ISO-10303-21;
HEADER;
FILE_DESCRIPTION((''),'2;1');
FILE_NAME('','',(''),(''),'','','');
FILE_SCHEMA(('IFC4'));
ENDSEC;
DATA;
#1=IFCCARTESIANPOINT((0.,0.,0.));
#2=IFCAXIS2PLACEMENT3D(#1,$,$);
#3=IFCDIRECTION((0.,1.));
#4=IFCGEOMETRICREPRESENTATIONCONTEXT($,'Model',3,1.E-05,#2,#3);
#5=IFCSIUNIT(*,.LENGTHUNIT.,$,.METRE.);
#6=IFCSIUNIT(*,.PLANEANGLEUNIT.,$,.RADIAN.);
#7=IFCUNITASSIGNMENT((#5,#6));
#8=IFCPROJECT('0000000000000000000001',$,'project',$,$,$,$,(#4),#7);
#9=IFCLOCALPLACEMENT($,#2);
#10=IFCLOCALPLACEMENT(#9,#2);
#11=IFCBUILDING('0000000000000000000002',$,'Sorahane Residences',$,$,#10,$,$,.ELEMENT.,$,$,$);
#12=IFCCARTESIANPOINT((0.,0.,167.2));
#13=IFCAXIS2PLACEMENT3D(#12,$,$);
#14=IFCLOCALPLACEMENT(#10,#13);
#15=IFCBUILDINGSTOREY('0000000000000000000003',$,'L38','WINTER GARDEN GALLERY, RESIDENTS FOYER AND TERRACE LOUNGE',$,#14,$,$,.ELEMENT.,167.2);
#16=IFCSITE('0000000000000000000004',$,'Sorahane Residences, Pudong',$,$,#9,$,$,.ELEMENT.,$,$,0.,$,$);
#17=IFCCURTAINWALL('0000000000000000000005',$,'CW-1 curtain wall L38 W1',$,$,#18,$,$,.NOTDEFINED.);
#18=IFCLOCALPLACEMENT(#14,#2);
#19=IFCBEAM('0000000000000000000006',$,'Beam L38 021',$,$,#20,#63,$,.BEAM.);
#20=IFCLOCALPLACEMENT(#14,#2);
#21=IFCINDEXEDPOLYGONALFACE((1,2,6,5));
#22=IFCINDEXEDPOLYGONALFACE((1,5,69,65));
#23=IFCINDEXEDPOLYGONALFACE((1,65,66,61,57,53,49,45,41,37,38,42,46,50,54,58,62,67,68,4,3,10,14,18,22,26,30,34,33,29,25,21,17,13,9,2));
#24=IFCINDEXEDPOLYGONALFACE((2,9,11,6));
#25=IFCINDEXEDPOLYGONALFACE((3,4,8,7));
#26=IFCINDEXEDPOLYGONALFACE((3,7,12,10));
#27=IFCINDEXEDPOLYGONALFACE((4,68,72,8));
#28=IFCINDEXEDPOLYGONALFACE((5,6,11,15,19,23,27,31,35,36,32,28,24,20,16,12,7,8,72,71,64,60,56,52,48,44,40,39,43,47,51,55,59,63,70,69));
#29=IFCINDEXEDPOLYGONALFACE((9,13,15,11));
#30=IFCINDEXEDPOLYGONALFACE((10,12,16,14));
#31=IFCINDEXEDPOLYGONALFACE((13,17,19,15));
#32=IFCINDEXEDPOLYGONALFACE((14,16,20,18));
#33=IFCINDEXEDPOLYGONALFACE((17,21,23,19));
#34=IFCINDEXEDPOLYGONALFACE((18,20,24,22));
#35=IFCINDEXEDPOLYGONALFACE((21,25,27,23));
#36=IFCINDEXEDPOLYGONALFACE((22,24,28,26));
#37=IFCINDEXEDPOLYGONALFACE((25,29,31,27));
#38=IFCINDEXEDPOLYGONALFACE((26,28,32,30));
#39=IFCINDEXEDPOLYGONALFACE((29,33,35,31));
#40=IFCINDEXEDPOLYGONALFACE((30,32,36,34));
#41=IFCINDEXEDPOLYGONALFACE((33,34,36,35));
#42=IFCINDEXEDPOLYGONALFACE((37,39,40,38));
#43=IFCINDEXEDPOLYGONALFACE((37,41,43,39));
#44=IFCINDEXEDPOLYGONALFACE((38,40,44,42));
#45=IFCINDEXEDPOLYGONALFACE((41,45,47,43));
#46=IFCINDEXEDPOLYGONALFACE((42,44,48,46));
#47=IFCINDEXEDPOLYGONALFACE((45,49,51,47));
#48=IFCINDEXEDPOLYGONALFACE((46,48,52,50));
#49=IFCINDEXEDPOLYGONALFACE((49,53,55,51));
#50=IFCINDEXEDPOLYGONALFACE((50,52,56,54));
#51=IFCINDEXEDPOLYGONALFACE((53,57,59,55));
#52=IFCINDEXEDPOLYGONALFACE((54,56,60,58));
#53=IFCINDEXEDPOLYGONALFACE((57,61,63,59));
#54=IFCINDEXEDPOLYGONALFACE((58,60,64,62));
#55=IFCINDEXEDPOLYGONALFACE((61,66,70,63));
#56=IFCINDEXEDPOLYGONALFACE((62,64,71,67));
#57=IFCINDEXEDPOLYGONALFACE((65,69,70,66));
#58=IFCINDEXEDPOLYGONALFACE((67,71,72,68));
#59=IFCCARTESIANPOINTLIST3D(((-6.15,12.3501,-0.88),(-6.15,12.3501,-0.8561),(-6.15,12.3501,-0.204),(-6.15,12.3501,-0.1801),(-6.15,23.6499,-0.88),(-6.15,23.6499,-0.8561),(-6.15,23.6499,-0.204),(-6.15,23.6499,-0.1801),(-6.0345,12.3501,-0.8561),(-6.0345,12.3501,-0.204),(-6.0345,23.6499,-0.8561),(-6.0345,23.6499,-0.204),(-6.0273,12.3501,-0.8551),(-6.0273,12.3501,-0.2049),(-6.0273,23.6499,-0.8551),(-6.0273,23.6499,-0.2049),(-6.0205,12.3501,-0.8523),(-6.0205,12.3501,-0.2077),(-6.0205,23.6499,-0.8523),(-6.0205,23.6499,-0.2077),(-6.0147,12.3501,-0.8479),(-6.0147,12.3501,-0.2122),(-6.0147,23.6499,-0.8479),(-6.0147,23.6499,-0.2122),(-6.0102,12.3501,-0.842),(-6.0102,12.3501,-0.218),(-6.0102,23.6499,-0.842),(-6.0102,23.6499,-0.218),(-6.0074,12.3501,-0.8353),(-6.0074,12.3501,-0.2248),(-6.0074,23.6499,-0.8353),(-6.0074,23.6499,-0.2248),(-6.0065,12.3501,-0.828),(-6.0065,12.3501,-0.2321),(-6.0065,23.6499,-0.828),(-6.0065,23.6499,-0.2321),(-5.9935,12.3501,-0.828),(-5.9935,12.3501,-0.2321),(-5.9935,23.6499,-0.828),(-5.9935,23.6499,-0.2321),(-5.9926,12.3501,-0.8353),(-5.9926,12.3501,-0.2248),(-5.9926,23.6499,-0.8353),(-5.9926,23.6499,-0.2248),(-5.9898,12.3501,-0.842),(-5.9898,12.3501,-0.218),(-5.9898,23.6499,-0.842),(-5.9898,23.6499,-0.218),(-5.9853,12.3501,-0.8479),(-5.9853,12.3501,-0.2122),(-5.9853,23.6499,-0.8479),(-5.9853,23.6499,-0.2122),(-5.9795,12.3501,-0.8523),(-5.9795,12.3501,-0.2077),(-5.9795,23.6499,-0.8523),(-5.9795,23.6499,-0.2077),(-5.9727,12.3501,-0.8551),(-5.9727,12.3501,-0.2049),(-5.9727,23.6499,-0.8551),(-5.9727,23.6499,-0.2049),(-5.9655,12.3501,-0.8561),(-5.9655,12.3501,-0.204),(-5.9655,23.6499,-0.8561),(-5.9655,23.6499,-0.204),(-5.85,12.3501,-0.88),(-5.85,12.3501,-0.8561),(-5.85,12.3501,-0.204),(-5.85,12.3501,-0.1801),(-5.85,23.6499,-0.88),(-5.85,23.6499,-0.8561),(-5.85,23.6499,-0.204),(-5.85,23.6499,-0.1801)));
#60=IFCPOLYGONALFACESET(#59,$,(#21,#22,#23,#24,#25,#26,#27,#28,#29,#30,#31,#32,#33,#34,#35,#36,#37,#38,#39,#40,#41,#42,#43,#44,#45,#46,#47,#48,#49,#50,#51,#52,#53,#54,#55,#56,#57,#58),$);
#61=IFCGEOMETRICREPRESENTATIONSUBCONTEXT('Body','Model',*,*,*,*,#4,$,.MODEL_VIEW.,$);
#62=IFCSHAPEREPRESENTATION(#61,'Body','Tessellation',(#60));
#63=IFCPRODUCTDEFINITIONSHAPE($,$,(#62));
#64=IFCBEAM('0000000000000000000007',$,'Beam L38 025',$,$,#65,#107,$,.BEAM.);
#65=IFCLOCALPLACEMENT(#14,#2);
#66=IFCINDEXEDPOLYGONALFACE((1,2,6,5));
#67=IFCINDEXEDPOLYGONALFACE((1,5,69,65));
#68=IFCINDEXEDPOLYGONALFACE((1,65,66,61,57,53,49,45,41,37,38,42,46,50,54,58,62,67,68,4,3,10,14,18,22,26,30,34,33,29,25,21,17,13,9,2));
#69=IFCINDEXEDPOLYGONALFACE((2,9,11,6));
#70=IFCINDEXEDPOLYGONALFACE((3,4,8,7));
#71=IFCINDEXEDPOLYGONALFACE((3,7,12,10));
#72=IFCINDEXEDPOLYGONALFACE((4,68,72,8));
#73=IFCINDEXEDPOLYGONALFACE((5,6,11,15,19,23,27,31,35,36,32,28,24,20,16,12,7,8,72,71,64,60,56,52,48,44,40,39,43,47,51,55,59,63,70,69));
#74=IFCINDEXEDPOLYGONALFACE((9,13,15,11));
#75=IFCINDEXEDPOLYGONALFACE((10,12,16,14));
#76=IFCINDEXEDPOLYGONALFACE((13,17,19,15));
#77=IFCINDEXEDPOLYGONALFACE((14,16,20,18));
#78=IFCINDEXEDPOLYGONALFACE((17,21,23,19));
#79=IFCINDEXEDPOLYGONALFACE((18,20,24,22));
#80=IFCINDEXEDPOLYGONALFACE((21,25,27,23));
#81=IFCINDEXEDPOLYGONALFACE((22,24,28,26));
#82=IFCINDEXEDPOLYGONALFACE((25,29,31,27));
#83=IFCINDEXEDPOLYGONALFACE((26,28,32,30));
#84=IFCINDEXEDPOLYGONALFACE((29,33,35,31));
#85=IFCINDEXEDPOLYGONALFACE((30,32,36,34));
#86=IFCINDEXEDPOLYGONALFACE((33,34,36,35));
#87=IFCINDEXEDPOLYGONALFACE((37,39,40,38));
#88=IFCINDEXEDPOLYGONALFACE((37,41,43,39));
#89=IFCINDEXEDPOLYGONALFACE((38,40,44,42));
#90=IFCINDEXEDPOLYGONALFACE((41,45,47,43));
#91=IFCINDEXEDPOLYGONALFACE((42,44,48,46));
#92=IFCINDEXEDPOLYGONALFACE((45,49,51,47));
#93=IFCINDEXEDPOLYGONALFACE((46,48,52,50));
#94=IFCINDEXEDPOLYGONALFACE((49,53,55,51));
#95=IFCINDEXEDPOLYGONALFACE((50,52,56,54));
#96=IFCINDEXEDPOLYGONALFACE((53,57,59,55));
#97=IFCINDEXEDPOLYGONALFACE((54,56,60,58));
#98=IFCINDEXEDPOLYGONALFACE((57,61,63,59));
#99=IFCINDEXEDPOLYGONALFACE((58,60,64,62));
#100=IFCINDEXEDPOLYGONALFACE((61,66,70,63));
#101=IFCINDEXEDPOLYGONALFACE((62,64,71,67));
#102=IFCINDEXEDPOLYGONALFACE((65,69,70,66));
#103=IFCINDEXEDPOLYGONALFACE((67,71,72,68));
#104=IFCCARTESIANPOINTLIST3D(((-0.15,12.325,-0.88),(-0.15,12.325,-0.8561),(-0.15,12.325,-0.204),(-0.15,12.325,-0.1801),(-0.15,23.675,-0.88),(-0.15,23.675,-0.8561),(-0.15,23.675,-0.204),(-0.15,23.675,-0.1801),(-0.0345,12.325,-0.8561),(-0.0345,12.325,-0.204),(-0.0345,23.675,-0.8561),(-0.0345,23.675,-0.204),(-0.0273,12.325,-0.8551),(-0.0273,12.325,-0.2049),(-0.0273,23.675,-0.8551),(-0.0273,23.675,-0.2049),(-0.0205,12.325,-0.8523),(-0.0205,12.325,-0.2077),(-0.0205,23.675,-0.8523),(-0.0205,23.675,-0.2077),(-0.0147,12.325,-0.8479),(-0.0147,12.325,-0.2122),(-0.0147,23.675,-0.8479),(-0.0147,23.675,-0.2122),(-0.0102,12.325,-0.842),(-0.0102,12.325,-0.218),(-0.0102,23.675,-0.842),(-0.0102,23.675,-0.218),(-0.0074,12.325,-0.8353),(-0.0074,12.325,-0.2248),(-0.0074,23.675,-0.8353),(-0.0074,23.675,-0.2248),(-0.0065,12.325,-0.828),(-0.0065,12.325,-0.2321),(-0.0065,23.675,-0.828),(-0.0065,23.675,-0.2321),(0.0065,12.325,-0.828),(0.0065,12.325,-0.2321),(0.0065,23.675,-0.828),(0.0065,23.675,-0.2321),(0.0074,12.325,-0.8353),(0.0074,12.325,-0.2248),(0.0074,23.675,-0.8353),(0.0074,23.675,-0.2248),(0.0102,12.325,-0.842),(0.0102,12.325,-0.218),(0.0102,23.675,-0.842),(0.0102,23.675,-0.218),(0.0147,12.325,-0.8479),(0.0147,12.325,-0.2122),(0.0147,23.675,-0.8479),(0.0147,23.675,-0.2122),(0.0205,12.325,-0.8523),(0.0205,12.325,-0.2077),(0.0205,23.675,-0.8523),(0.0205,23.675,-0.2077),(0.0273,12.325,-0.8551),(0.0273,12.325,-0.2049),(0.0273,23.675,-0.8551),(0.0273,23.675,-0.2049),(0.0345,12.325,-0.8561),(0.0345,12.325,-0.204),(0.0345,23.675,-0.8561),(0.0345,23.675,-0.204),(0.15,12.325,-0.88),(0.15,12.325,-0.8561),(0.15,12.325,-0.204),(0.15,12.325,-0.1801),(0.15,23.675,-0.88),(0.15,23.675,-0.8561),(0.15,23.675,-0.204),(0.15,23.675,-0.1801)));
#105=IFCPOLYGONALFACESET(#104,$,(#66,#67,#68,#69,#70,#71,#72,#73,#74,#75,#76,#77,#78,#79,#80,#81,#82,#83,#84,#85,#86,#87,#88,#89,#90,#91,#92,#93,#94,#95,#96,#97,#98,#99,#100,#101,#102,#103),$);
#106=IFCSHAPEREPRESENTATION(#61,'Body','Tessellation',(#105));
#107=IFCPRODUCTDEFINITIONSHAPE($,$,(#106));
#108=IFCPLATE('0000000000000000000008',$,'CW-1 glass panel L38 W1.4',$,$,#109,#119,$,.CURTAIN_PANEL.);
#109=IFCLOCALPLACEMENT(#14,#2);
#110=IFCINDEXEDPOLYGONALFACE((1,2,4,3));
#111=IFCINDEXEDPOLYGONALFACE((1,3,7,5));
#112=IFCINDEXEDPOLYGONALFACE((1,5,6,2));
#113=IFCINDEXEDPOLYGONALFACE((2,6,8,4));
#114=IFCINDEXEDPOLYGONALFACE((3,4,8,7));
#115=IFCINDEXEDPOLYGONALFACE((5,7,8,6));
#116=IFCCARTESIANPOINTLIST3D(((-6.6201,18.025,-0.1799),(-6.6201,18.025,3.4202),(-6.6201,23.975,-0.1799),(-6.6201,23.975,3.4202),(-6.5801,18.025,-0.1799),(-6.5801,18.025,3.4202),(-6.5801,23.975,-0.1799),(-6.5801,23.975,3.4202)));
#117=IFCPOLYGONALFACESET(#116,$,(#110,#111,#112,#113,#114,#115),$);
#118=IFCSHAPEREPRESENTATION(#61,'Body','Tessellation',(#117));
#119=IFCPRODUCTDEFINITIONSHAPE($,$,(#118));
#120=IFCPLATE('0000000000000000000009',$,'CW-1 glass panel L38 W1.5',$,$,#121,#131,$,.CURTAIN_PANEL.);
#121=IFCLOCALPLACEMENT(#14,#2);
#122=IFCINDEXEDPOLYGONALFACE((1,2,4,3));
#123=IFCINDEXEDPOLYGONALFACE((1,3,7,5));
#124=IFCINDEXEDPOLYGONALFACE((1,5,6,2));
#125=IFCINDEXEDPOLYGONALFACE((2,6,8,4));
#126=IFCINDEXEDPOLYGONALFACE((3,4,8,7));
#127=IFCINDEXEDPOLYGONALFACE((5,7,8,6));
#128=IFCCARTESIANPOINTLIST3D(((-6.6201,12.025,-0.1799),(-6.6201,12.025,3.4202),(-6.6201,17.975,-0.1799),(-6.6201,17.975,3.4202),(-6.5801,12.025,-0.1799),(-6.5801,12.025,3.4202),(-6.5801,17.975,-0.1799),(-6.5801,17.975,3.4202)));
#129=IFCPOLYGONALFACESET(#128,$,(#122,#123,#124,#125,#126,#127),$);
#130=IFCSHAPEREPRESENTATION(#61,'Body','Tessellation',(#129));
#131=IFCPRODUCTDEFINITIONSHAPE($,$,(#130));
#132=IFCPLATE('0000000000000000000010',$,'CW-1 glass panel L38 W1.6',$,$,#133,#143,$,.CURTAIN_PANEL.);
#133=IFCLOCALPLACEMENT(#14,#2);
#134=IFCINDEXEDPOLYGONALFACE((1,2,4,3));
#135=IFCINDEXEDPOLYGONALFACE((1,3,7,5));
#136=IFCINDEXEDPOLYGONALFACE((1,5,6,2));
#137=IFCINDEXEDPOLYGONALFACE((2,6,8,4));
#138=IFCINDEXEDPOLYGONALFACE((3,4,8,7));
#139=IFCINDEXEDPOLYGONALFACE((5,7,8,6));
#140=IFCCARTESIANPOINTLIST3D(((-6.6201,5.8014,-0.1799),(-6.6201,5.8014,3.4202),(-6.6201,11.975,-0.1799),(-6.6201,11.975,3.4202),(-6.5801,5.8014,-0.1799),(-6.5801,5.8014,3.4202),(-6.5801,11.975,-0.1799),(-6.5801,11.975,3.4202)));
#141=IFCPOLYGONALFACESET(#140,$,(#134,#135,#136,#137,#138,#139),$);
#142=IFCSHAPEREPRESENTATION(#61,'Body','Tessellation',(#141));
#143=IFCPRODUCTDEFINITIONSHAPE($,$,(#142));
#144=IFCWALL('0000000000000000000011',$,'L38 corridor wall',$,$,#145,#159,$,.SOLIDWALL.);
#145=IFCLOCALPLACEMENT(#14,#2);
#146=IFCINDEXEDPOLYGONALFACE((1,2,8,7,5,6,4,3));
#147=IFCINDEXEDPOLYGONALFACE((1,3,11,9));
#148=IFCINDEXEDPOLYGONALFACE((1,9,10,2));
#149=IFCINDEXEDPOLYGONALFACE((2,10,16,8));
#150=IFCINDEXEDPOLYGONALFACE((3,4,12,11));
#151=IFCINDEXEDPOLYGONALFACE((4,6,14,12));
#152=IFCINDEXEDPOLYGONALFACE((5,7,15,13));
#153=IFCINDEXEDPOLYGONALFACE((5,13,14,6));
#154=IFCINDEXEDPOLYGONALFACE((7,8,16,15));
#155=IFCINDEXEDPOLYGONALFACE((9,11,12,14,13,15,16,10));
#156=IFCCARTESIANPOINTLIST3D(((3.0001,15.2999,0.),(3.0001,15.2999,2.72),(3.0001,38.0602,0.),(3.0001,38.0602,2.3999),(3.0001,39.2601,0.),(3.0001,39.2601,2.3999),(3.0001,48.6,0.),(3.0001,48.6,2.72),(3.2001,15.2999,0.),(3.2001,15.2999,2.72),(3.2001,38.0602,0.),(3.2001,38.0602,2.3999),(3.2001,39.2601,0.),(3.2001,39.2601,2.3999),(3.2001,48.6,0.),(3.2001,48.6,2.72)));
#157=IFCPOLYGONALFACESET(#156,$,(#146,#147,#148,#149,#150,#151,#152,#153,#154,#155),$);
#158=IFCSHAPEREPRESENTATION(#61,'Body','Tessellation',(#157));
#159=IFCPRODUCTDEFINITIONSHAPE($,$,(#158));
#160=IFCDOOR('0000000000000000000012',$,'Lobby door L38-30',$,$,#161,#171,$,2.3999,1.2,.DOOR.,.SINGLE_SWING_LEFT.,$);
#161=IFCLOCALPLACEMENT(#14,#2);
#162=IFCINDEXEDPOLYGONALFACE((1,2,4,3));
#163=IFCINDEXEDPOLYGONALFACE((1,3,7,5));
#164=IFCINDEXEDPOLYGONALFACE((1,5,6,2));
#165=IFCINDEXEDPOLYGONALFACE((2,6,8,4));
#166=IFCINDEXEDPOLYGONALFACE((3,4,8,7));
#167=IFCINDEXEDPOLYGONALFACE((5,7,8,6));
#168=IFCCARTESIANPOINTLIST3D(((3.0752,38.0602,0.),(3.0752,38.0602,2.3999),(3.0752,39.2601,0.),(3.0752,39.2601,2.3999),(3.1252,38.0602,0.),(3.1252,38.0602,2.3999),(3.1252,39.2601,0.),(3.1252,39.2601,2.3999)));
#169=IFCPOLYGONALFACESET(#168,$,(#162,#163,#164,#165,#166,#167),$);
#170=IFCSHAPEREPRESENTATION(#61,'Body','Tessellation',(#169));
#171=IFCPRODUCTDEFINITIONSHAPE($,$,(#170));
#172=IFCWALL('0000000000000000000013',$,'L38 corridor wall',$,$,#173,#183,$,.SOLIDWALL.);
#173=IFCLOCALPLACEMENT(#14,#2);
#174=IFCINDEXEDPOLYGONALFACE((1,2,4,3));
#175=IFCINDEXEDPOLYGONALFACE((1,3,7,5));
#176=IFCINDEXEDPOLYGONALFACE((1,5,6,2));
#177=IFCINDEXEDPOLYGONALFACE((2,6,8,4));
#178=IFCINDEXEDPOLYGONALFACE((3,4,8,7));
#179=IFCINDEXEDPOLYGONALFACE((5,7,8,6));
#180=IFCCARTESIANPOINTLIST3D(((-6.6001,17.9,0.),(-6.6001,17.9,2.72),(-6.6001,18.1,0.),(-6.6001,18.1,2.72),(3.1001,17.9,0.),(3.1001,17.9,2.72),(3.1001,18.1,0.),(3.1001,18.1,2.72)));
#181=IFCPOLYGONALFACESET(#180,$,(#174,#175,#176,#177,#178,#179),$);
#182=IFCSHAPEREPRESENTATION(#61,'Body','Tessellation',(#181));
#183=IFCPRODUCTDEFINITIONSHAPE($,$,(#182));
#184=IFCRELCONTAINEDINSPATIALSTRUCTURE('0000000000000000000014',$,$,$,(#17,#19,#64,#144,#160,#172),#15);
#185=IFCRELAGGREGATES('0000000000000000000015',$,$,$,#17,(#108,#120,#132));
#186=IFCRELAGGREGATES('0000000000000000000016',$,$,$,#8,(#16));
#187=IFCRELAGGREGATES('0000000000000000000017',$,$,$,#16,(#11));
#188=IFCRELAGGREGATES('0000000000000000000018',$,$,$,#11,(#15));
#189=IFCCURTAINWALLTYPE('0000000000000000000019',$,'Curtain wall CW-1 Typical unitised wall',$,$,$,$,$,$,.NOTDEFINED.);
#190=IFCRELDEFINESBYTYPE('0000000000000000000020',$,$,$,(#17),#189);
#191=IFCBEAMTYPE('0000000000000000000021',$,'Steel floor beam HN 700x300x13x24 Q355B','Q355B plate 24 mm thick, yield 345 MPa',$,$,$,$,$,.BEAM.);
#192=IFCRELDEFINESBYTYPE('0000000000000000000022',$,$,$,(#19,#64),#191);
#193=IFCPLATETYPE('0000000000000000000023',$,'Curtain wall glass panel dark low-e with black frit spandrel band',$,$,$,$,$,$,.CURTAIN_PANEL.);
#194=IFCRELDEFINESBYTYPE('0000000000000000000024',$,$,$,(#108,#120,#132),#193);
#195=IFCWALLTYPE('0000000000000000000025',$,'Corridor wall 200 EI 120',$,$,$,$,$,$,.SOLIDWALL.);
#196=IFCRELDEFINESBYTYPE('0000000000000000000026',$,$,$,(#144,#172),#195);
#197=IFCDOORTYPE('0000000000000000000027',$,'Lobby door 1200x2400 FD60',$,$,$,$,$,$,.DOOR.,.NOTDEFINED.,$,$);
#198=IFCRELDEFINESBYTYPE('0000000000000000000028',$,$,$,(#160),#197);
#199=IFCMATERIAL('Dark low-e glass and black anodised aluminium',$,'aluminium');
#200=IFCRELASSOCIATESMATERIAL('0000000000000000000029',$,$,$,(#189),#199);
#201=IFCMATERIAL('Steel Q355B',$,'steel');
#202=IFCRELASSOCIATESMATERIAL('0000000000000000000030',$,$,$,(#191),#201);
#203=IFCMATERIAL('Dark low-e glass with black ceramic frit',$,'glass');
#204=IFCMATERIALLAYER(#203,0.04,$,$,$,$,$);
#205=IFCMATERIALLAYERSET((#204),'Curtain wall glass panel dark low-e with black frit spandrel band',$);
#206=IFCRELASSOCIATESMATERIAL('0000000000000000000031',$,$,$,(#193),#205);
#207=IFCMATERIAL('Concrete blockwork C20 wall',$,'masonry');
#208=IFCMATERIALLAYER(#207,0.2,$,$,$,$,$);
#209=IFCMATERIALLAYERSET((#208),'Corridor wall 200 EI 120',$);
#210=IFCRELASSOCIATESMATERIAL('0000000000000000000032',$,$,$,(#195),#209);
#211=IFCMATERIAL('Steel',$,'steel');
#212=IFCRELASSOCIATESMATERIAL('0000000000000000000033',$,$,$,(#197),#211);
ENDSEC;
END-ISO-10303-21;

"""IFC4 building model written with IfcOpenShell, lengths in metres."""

from ifc_helpers import new_model, si_unit, direction, frame, frame_2d, origin, origin_2d, place, context, subcontext, project, spatial, rectangle, i_section, extrude, material, layer, layer_set, material_profile, profile_set, type_object, element, fill, aggregate, save


model = new_model("IFC4")

# Units and contexts
model_context = context("Model", 3, precision=1e-05, world=origin(), true_north=direction((0.0, 1.0)))
body_context = subcontext(model_context, "Body", "Model", "MODEL_VIEW")
ifc_project = project(units=[si_unit("LENGTHUNIT", "METRE"), si_unit("PLANEANGLEUNIT", "RADIAN")], contexts=[model_context])

# Site, building, storey
site_placement = place(None, origin())
site = spatial("IfcSite", under=ifc_project, at=site_placement, Name="Sorahane Residences, Pudong", CompositionType="ELEMENT", RefElevation=0.0)
building_placement = place(site_placement, origin())
building = spatial("IfcBuilding", under=site, at=building_placement, Name="Sorahane Residences", CompositionType="ELEMENT")
storey_placement = place(building_placement, frame((0.0, 0.0, 167.2)))
storey = spatial("IfcBuildingStorey", under=building, at=storey_placement, Name="L38", Description="WINTER GARDEN GALLERY, RESIDENTS FOYER AND TERRACE LOUNGE", CompositionType="ELEMENT", Elevation=167.2)

# Curtain wall
ifc_material_1 = material(Name="Dark low-e glass and black anodised aluminium", Category="aluminium")
curtain_wall_type = type_object("IfcCurtainWallType", Name="Curtain wall CW-1 Typical unitised wall", PredefinedType="NOTDEFINED", material=ifc_material_1)
curtain_wall_placement = place(storey_placement, origin())
curtain_wall = element("IfcCurtainWall", 1, at=curtain_wall_placement, inside=storey, type_object=curtain_wall_type, Name="CW-1 curtain wall L38 W1", PredefinedType="NOTDEFINED")

# Beams
ifc_material_2 = material(Name="Steel Q355B", Category="steel")
ifc_material_profile_1 = material_profile(ifc_material_2, i_section(OverallWidth=0.3, OverallDepth=0.7, WebThickness=0.0129, FlangeThickness=0.0239, FilletRadius=0.0281, at=origin_2d()), Name="HN 700x300x13x24")
ifc_profile_set_1 = profile_set([ifc_material_profile_1], Name="Steel Q355B")
beam_type_1 = type_object("IfcBeamType", Name="Steel floor beam HN 700x300x13x24 Q355B", Description="Q355B plate 24 mm thick, yield 345 MPa", PredefinedType="BEAM", material=ifc_profile_set_1)
beam_1_placement = place(storey_placement, frame((-6.0, 12.3501, -0.53), z_axis=(0.0, 1.0, 0.0), x_axis=(-1.0, 0.0, 0.0)))
element("IfcBeam", 2, at=beam_1_placement, inside=storey, type_object=beam_type_1, Name="Beam L38 021", PredefinedType="BEAM", context=body_context, shape_type="SweptSolid", body=[
    extrude(i_section(OverallWidth=0.3, OverallDepth=0.7, WebThickness=0.0129, FlangeThickness=0.0239, FilletRadius=0.0281, at=origin_2d()), origin(), (0.0, 0.0, 1.0), 11.2998),
])
beam_2_placement = place(storey_placement, frame((0.0, 12.325, -0.53), z_axis=(0.0, 1.0, 0.0), x_axis=(-1.0, 0.0, 0.0)))
element("IfcBeam", 3, at=beam_2_placement, inside=storey, type_object=beam_type_1, Name="Beam L38 025", PredefinedType="BEAM", context=body_context, shape_type="SweptSolid", body=[
    extrude(i_section(OverallWidth=0.3, OverallDepth=0.7, WebThickness=0.0129, FlangeThickness=0.0239, FilletRadius=0.0281, at=origin_2d()), origin(), (0.0, 0.0, 1.0), 11.3501),
])

# Plates
ifc_material_3 = material(Name="Dark low-e glass with black ceramic frit", Category="glass")
ifc_layer_1 = layer(ifc_material_3, 0.04)
ifc_layer_set_1 = layer_set([ifc_layer_1], Name="Curtain wall glass panel dark low-e with black frit spandrel band")
plate_type = type_object("IfcPlateType", Name="Curtain wall glass panel dark low-e with black frit spandrel band", PredefinedType="CURTAIN_PANEL", material=ifc_layer_set_1)
plate_1_placement = place(storey_placement, frame((-6.6001, 21.0, -0.1799), z_axis=(0.0, 0.0, 1.0), x_axis=(0.0, -1.0, 0.0)))
plate_1 = element("IfcPlate", 4, at=plate_1_placement, type_object=plate_type, Name="CW-1 glass panel L38 W1.4", PredefinedType="CURTAIN_PANEL", context=body_context, shape_type="SweptSolid", body=[
    extrude(rectangle(XDim=5.95, YDim=0.04, at=origin_2d()), origin(), (0.0, 0.0, 1.0), 3.6001),
])
plate_2_placement = place(storey_placement, frame((-6.6001, 15.0, -0.1799), z_axis=(0.0, 0.0, 1.0), x_axis=(0.0, -1.0, 0.0)))
plate_2 = element("IfcPlate", 5, at=plate_2_placement, type_object=plate_type, Name="CW-1 glass panel L38 W1.5", PredefinedType="CURTAIN_PANEL", context=body_context, shape_type="SweptSolid", body=[
    extrude(rectangle(XDim=5.95, YDim=0.04, at=origin_2d()), origin(), (0.0, 0.0, 1.0), 3.6001),
])
plate_3_placement = place(storey_placement, frame((-6.6001, 8.8882, -0.1799), z_axis=(0.0, 0.0, 1.0), x_axis=(0.0, -1.0, 0.0)))
plate_3 = element("IfcPlate", 6, at=plate_3_placement, type_object=plate_type, Name="CW-1 glass panel L38 W1.6", PredefinedType="CURTAIN_PANEL", context=body_context, shape_type="SweptSolid", body=[
    extrude(rectangle(XDim=6.1736, YDim=0.04, at=origin_2d()), origin(), (0.0, 0.0, 1.0), 3.6001),
])
aggregate(curtain_wall, [plate_1, plate_2, plate_3])

# Wall, opening, door
ifc_material_4 = material(Name="Concrete blockwork C20 wall", Category="masonry")
ifc_layer_2 = layer(ifc_material_4, 0.2)
ifc_layer_set_2 = layer_set([ifc_layer_2], Name="Corridor wall 200 EI 120")
wall_type_1 = type_object("IfcWallType", Name="Corridor wall 200 EI 120", PredefinedType="SOLIDWALL", material=ifc_layer_set_2)
wall_1_placement = place(storey_placement, frame((3.1001, 15.3, 0.0), z_axis=(0.0, 0.0, 1.0), x_axis=(0.0, 1.0, 0.0)))
wall_1 = element("IfcWall", 7, at=wall_1_placement, inside=storey, type_object=wall_type_1, Name="L38 corridor wall", PredefinedType="SOLIDWALL", context=body_context, shape_type="SweptSolid", body=[
    extrude(rectangle(XDim=33.3, YDim=0.2, at=frame_2d((16.6499, 0.0))), origin(), (0.0, 0.0, 1.0), 2.72),
])
opening_1_placement = place(wall_1_placement, frame((22.76, 0.0, 0.0)))
opening_1 = element("IfcOpeningElement", 8, at=opening_1_placement, cuts=wall_1, PredefinedType="OPENING", context=body_context, shape_type="SweptSolid", body=[
    extrude(rectangle(XDim=1.2, YDim=2.3999, at=frame_2d((0.6001, 1.2))), frame((0.0, 0.1099, 0.0), z_axis=(0.0, -1.0, 0.0), x_axis=(1.0, 0.0, 0.0)), (0.0, 0.0, 1.0), 0.22),
])
ifc_material_5 = material(Name="Steel", Category="steel")
door_type_1 = type_object("IfcDoorType", Name="Lobby door 1200x2400 FD60", OperationType="NOTDEFINED", PredefinedType="DOOR", material=ifc_material_5)
door_1_placement = place(opening_1_placement, origin())
door_1 = element("IfcDoor", 9, at=door_1_placement, inside=storey, type_object=door_type_1, Name="Lobby door L38-30", OperationType="SINGLE_SWING_LEFT", OverallHeight=2.3999, OverallWidth=1.2, PredefinedType="DOOR", context=body_context, shape_type="SweptSolid", body=[
    extrude(rectangle(XDim=1.2, YDim=2.3999, at=frame_2d((0.6001, 1.2))), frame((0.0, 0.0249, 0.0), z_axis=(0.0, -1.0, 0.0), x_axis=(1.0, 0.0, 0.0)), (0.0, 0.0, 1.0), 0.05),
])
fill(opening_1, door_1)

# Wall
wall_2_placement = place(storey_placement, frame((-6.6001, 18.0, 0.0), z_axis=(0.0, 0.0, 1.0), x_axis=(1.0, 0.0, 0.0)))
element("IfcWall", 10, at=wall_2_placement, inside=storey, type_object=wall_type_1, Name="L38 corridor wall", PredefinedType="SOLIDWALL", context=body_context, shape_type="SweptSolid", body=[
    extrude(rectangle(XDim=9.7002, YDim=0.2, at=frame_2d((4.8501, 0.0))), origin(), (0.0, 0.0, 1.0), 2.72),
])

save(model, "model.ifc")
